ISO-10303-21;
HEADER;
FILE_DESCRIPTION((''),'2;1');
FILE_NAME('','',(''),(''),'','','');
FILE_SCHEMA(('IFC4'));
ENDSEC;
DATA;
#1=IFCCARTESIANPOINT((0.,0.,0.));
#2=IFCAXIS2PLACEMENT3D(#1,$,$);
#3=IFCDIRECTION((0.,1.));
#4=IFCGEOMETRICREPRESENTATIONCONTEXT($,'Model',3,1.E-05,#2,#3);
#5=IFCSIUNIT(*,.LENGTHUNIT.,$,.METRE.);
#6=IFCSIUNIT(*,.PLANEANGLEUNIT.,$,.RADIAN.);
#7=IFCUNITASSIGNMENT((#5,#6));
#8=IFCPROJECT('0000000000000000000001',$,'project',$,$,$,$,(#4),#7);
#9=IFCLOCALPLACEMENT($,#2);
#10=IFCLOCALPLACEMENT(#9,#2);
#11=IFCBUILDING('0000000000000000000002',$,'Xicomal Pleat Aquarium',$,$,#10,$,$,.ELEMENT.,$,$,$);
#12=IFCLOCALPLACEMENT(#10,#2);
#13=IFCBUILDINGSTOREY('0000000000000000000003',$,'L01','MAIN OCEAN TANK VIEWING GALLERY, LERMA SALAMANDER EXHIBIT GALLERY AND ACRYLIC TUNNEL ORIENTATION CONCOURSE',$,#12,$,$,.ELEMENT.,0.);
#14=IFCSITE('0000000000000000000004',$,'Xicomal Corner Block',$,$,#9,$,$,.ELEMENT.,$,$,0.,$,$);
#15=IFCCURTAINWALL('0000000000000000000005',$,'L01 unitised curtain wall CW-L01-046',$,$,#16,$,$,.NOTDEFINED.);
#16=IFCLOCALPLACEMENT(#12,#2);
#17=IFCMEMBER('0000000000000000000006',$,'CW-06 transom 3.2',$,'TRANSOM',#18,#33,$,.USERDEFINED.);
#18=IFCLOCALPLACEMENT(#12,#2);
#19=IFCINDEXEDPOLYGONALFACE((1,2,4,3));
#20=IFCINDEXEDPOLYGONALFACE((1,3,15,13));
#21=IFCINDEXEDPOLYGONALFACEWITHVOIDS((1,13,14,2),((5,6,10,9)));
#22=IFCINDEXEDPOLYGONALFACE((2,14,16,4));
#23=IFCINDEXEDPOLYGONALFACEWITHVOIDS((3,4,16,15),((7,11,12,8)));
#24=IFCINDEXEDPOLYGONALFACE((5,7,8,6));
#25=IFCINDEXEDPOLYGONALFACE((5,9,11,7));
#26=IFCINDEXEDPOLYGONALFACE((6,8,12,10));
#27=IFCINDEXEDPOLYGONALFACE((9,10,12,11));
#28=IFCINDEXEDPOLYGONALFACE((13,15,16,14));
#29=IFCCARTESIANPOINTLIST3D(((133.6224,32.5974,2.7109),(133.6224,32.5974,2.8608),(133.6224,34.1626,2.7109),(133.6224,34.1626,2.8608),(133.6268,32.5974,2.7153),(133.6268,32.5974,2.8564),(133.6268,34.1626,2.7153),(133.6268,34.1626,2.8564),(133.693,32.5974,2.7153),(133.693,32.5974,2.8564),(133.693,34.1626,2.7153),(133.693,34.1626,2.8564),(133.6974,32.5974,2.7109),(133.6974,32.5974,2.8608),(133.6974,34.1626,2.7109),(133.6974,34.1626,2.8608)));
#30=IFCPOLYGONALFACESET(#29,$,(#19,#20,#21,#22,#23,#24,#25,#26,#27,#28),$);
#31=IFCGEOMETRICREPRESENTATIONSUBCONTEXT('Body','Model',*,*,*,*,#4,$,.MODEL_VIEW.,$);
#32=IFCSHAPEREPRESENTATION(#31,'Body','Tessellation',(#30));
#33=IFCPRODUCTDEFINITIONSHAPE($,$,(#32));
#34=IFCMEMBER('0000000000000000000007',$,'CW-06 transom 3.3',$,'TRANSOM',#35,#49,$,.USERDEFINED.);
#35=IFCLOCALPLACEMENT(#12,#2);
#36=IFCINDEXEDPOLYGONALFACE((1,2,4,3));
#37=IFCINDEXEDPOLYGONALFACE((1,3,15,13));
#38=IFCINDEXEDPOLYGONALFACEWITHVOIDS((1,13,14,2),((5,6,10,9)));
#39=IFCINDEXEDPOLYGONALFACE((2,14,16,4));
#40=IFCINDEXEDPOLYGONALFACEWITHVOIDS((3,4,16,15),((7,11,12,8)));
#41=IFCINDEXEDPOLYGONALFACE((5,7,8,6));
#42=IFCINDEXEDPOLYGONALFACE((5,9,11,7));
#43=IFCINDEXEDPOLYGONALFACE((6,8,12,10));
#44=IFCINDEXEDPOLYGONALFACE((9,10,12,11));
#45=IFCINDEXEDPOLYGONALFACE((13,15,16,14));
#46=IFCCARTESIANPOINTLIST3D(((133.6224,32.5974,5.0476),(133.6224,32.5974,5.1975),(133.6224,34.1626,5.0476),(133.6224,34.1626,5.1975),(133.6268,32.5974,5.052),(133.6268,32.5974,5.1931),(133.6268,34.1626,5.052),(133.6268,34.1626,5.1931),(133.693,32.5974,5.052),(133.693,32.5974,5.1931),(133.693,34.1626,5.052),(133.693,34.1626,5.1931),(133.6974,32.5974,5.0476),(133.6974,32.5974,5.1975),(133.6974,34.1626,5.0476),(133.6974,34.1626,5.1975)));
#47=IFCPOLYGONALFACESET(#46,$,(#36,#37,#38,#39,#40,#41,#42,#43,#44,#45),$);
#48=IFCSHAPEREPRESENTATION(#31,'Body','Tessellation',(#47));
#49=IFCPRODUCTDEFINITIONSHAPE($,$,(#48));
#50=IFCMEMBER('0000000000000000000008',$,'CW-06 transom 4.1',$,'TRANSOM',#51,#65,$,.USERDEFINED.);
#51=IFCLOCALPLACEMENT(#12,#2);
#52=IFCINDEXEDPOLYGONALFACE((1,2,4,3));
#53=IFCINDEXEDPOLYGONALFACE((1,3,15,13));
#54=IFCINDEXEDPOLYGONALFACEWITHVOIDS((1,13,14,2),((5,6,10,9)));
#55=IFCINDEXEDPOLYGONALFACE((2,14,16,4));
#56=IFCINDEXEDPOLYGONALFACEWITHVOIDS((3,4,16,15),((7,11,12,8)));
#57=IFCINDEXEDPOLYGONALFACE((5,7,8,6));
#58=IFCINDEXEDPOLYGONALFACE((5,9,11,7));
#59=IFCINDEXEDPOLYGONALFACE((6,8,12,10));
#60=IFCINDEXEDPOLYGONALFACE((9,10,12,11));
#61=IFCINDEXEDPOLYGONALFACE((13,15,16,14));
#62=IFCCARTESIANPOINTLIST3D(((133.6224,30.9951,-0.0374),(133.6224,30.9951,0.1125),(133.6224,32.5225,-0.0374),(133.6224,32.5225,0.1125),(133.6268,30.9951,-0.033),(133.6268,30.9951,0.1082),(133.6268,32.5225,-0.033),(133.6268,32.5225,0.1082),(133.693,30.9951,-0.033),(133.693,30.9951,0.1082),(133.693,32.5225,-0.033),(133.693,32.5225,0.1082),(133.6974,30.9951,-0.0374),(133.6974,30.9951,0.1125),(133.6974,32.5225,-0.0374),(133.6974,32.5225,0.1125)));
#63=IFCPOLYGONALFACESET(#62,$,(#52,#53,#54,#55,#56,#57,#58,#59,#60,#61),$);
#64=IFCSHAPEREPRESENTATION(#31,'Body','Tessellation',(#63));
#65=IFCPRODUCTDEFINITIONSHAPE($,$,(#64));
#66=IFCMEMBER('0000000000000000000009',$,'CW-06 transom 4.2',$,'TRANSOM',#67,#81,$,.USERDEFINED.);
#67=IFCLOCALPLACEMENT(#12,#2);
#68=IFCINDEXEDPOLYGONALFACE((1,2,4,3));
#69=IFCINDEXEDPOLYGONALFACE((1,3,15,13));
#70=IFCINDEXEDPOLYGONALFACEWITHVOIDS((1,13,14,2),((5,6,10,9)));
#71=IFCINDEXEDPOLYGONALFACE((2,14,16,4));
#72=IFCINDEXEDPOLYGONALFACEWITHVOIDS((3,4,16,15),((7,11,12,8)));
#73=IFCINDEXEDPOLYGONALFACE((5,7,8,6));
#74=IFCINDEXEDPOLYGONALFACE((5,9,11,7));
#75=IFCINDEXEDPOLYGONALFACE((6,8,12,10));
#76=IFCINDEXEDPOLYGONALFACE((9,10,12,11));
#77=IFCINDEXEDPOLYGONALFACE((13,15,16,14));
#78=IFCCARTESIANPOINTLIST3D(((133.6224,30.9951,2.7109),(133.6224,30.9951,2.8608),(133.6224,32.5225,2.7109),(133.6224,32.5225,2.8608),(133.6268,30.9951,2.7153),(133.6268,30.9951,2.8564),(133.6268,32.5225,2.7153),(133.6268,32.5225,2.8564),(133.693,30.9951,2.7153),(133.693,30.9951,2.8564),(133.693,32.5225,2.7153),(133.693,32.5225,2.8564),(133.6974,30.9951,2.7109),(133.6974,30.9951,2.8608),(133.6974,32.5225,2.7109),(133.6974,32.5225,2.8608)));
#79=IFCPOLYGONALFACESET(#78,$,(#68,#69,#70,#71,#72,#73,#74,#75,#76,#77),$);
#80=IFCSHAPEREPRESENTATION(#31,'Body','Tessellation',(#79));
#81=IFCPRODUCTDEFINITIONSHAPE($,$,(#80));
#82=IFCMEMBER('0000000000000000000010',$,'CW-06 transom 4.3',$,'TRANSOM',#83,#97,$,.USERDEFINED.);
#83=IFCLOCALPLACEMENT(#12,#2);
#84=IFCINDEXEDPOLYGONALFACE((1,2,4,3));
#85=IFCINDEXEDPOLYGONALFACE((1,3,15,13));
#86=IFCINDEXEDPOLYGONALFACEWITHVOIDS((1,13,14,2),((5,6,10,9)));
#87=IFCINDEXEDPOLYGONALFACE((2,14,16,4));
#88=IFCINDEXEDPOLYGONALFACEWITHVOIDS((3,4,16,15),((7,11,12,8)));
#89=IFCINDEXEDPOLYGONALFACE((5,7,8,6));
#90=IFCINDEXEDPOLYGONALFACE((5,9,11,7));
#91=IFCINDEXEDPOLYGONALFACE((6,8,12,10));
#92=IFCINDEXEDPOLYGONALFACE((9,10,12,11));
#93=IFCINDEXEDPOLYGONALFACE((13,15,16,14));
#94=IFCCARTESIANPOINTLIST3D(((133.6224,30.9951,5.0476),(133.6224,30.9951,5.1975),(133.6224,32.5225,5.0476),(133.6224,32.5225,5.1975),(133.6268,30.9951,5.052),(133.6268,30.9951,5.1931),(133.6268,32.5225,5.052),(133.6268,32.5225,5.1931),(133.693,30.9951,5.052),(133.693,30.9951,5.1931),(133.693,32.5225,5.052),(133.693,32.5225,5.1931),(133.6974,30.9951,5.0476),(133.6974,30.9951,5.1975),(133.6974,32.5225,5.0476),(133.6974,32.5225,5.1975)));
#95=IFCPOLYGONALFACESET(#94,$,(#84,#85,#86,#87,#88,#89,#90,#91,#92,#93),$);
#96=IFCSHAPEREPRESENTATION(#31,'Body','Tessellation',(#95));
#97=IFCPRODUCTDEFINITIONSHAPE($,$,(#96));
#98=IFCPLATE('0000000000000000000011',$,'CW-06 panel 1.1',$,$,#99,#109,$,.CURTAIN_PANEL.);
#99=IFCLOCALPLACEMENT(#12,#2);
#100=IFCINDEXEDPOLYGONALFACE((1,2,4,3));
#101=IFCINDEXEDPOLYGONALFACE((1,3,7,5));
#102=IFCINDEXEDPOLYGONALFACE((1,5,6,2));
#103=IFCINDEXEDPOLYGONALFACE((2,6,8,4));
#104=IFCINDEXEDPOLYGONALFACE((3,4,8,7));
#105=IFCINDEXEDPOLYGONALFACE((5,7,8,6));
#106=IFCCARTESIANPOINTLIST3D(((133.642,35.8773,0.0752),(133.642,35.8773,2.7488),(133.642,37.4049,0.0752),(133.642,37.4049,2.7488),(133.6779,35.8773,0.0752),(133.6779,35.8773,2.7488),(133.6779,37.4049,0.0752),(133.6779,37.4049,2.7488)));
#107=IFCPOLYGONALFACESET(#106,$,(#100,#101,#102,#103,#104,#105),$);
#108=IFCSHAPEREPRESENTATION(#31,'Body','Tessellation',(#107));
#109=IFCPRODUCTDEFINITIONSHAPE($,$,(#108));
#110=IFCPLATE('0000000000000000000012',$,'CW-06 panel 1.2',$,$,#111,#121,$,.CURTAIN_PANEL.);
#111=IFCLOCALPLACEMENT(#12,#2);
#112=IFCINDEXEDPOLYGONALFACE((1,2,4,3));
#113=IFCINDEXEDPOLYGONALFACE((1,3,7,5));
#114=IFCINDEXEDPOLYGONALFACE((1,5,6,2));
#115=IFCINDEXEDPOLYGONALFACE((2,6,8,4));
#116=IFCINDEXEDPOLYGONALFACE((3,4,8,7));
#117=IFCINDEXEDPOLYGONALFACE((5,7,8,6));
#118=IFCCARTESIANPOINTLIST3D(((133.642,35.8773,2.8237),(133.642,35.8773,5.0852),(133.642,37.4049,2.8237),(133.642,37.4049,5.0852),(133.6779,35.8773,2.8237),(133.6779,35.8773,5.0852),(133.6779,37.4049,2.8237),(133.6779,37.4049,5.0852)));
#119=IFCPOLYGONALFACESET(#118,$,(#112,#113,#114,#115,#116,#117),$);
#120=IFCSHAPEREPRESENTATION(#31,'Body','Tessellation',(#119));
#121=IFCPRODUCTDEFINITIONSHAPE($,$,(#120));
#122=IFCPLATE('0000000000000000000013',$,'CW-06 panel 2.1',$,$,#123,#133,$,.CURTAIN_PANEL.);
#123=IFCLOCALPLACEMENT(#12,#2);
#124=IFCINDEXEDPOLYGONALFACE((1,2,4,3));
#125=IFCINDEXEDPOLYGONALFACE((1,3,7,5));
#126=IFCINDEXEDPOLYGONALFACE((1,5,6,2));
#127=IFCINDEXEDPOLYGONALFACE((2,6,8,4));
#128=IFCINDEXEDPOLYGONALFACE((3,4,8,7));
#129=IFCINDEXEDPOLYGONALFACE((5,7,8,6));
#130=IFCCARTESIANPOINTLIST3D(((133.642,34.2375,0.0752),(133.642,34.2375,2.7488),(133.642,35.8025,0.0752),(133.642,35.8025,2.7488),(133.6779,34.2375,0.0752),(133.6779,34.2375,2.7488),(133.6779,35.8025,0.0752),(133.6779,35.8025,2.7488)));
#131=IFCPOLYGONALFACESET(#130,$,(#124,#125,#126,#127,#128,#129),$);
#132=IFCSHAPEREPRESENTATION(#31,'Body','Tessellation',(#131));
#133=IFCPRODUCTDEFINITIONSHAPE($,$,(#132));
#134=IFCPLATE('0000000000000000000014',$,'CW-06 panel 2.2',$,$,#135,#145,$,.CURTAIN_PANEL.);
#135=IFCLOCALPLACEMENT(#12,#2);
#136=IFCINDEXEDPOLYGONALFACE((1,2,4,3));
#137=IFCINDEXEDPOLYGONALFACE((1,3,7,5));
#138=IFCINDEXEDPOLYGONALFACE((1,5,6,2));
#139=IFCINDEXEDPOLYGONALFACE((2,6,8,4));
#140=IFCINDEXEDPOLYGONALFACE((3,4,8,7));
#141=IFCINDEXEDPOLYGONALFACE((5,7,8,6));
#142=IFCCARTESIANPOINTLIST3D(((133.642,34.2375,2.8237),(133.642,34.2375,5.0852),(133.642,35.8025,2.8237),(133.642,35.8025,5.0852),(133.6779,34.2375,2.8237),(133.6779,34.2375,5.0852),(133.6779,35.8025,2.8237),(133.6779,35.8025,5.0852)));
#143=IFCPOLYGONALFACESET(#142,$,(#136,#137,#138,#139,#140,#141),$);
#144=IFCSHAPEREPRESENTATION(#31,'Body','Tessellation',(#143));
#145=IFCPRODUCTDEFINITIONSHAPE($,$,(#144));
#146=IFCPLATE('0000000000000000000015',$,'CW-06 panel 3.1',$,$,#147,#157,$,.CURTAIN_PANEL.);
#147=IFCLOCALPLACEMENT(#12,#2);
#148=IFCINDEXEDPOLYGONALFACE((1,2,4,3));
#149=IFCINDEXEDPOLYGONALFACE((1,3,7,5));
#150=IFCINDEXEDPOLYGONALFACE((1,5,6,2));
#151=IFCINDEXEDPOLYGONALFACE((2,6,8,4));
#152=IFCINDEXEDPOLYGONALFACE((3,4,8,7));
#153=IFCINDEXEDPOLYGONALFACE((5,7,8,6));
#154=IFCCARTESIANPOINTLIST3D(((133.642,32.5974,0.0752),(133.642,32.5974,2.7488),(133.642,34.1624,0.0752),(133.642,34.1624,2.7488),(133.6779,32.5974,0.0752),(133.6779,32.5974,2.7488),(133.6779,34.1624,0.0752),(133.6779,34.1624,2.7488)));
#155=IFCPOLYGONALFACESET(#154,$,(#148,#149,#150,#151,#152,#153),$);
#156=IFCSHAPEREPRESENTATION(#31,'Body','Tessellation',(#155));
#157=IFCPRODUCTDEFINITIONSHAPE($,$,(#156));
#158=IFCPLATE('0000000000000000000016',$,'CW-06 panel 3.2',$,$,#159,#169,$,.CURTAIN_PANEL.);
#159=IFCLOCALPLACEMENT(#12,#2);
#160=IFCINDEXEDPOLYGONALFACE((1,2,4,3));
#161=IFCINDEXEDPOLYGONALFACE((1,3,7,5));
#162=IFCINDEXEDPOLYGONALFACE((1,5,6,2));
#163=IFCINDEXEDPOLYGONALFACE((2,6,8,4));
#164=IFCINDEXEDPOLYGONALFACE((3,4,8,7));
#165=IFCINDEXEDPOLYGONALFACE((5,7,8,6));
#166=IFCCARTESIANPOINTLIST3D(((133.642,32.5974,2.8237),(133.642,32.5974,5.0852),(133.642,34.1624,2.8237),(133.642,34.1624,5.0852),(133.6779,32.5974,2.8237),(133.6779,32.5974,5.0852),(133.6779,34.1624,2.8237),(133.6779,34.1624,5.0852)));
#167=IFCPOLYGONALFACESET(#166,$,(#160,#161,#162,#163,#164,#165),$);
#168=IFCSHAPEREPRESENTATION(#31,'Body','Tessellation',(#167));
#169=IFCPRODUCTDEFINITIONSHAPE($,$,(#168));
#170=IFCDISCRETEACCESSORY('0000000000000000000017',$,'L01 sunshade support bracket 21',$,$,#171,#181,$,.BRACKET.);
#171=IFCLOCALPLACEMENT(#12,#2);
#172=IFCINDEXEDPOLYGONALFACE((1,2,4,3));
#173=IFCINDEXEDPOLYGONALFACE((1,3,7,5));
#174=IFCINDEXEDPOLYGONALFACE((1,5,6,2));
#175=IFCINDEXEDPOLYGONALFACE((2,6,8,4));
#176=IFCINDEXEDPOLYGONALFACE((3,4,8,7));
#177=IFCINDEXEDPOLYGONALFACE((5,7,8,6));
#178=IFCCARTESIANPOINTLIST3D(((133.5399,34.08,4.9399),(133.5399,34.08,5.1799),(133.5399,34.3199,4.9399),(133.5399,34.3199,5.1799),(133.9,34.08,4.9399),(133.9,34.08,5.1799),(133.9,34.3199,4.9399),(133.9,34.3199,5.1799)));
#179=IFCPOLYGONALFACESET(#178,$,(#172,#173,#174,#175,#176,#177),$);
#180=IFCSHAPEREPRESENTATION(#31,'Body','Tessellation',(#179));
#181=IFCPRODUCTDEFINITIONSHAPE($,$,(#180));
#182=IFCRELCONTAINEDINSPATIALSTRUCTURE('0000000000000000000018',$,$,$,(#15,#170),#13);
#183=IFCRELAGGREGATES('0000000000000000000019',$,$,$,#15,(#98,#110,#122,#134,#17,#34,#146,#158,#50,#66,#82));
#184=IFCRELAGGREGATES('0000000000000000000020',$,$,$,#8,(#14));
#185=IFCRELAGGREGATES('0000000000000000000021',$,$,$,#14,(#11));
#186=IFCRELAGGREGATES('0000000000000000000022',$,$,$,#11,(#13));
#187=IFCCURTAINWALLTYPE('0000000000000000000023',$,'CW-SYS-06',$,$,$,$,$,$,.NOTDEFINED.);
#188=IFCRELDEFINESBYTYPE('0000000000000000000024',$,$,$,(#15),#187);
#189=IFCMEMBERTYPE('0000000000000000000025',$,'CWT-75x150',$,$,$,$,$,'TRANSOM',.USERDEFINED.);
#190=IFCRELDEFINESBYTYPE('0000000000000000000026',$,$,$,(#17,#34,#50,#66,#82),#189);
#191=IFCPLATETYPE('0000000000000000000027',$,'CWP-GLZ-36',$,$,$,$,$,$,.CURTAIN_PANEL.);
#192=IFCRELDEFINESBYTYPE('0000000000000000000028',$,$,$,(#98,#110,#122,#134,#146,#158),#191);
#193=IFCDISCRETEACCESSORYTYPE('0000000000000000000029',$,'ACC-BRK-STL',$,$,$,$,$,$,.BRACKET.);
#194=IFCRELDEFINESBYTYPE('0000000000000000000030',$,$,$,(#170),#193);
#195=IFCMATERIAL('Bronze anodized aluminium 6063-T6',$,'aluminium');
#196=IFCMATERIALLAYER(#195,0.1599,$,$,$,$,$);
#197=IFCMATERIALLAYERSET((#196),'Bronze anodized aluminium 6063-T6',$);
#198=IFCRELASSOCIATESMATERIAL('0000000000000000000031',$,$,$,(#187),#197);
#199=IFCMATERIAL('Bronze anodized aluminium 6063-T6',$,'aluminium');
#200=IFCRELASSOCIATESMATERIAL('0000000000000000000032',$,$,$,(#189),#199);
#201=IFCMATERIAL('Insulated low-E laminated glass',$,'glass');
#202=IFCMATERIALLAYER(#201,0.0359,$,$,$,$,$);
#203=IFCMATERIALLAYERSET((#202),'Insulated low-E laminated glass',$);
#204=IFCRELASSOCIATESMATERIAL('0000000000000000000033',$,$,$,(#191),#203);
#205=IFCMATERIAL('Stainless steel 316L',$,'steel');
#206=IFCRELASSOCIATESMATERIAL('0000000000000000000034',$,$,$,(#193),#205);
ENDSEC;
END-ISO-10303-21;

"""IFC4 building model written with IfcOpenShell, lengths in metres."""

from ifc_helpers import new_model, si_unit, direction, frame, origin, origin_2d, place, context, subcontext, project, spatial, rectangle, hollow_rectangle, extrude, material, layer, layer_set, material_profile, profile_set, type_object, element, aggregate, save


model = new_model("IFC4")

# Units and contexts
model_context = context("Model", 3, precision=1e-05, world=origin(), true_north=direction((0.0, 1.0)))
body_context = subcontext(model_context, "Body", "Model", "MODEL_VIEW")
ifc_project = project(units=[si_unit("LENGTHUNIT", "METRE"), si_unit("PLANEANGLEUNIT", "RADIAN")], contexts=[model_context])

# Site, building, storey
site_placement = place(None, origin())
site = spatial("IfcSite", under=ifc_project, at=site_placement, Name="Xicomal Corner Block", CompositionType="ELEMENT", RefElevation=0.0)
building_placement = place(site_placement, origin())
building = spatial("IfcBuilding", under=site, at=building_placement, Name="Xicomal Pleat Aquarium", CompositionType="ELEMENT")
storey_placement = place(building_placement, origin())
storey = spatial("IfcBuildingStorey", under=building, at=storey_placement, Name="L01", Description="MAIN OCEAN TANK VIEWING GALLERY, LERMA SALAMANDER EXHIBIT GALLERY AND ACRYLIC TUNNEL ORIENTATION CONCOURSE", CompositionType="ELEMENT", Elevation=0.0)

# Curtain wall, members, plates
ifc_material_1 = material(Name="Bronze anodized aluminium 6063-T6", Category="aluminium")
ifc_layer_1 = layer(ifc_material_1, 0.1599)
ifc_layer_set_1 = layer_set([ifc_layer_1], Name="Bronze anodized aluminium 6063-T6")
curtain_wall_type = type_object("IfcCurtainWallType", Name="CW-SYS-06", PredefinedType="NOTDEFINED", material=ifc_layer_set_1)
curtain_wall_placement = place(storey_placement, origin())
curtain_wall = element("IfcCurtainWall", 1, at=curtain_wall_placement, inside=storey, type_object=curtain_wall_type, Name="L01 unitised curtain wall CW-L01-046", PredefinedType="NOTDEFINED")
ifc_material_2 = material(Name="Bronze anodized aluminium 6063-T6", Category="aluminium")
ifc_material_profile_1 = material_profile(ifc_material_2, hollow_rectangle(XDim=0.075, YDim=0.1499, WallThickness=0.0044, at=origin_2d()), Name="ALU TRAN 75x150")
ifc_profile_set_1 = profile_set([ifc_material_profile_1], Name="Bronze anodized aluminium 6063-T6")
member_type_1 = type_object("IfcMemberType", Name="CWT-75x150", ElementType="TRANSOM", PredefinedType="USERDEFINED", material=ifc_profile_set_1)
member_1_placement = place(storey_placement, frame((133.6599, 34.1626, 2.7859), z_axis=(0.0, -1.0, 0.0), x_axis=(1.0, 0.0, 0.0)))
member_1 = element("IfcMember", 2, at=member_1_placement, type_object=member_type_1, Name="CW-06 transom 3.2", ObjectType="TRANSOM", PredefinedType="USERDEFINED", context=body_context, shape_type="SweptSolid", body=[
    extrude(hollow_rectangle(XDim=0.075, YDim=0.1499, WallThickness=0.0044, at=origin_2d()), origin(), (0.0, 0.0, 1.0), 1.5652),
])
member_2_placement = place(storey_placement, frame((133.6599, 34.1626, 5.1226), z_axis=(0.0, -1.0, 0.0), x_axis=(1.0, 0.0, 0.0)))
member_2 = element("IfcMember", 3, at=member_2_placement, type_object=member_type_1, Name="CW-06 transom 3.3", ObjectType="TRANSOM", PredefinedType="USERDEFINED", context=body_context, shape_type="SweptSolid", body=[
    extrude(hollow_rectangle(XDim=0.075, YDim=0.1499, WallThickness=0.0044, at=origin_2d()), origin(), (0.0, 0.0, 1.0), 1.5652),
])
member_3_placement = place(storey_placement, frame((133.6599, 32.5225, 0.0376), z_axis=(0.0, -1.0, 0.0), x_axis=(1.0, 0.0, 0.0)))
member_3 = element("IfcMember", 4, at=member_3_placement, type_object=member_type_1, Name="CW-06 transom 4.1", ObjectType="TRANSOM", PredefinedType="USERDEFINED", context=body_context, shape_type="SweptSolid", body=[
    extrude(hollow_rectangle(XDim=0.075, YDim=0.1499, WallThickness=0.0044, at=origin_2d()), origin(), (0.0, 0.0, 1.0), 1.5273),
])
member_4_placement = place(storey_placement, frame((133.6599, 32.5225, 2.7859), z_axis=(0.0, -1.0, 0.0), x_axis=(1.0, 0.0, 0.0)))
member_4 = element("IfcMember", 5, at=member_4_placement, type_object=member_type_1, Name="CW-06 transom 4.2", ObjectType="TRANSOM", PredefinedType="USERDEFINED", context=body_context, shape_type="SweptSolid", body=[
    extrude(hollow_rectangle(XDim=0.075, YDim=0.1499, WallThickness=0.0044, at=origin_2d()), origin(), (0.0, 0.0, 1.0), 1.5273),
])
member_5_placement = place(storey_placement, frame((133.6599, 32.5225, 5.1226), z_axis=(0.0, -1.0, 0.0), x_axis=(1.0, 0.0, 0.0)))
member_5 = element("IfcMember", 6, at=member_5_placement, type_object=member_type_1, Name="CW-06 transom 4.3", ObjectType="TRANSOM", PredefinedType="USERDEFINED", context=body_context, shape_type="SweptSolid", body=[
    extrude(hollow_rectangle(XDim=0.075, YDim=0.1499, WallThickness=0.0044, at=origin_2d()), origin(), (0.0, 0.0, 1.0), 1.5273),
])
ifc_material_3 = material(Name="Insulated low-E laminated glass", Category="glass")
ifc_layer_2 = layer(ifc_material_3, 0.0359)
ifc_layer_set_2 = layer_set([ifc_layer_2], Name="Insulated low-E laminated glass")
plate_type = type_object("IfcPlateType", Name="CWP-GLZ-36", PredefinedType="CURTAIN_PANEL", material=ifc_layer_set_2)
plate_1_placement = place(storey_placement, frame((133.6599, 36.6411, 0.0752), z_axis=(0.0, 0.0, 1.0), x_axis=(0.0, -1.0, 0.0)))
plate_1 = element("IfcPlate", 7, at=plate_1_placement, type_object=plate_type, Name="CW-06 panel 1.1", PredefinedType="CURTAIN_PANEL", context=body_context, shape_type="SweptSolid", body=[
    extrude(rectangle(XDim=1.5276, YDim=0.0359, at=origin_2d()), origin(), (0.0, 0.0, 1.0), 2.6736),
])
plate_2_placement = place(storey_placement, frame((133.6599, 36.6411, 2.8237), z_axis=(0.0, 0.0, 1.0), x_axis=(0.0, -1.0, 0.0)))
plate_2 = element("IfcPlate", 8, at=plate_2_placement, type_object=plate_type, Name="CW-06 panel 1.2", PredefinedType="CURTAIN_PANEL", context=body_context, shape_type="SweptSolid", body=[
    extrude(rectangle(XDim=1.5276, YDim=0.0359, at=origin_2d()), origin(), (0.0, 0.0, 1.0), 2.2615),
])
plate_3_placement = place(storey_placement, frame((133.6599, 35.02, 0.0752), z_axis=(0.0, 0.0, 1.0), x_axis=(0.0, -1.0, 0.0)))
plate_3 = element("IfcPlate", 9, at=plate_3_placement, type_object=plate_type, Name="CW-06 panel 2.1", PredefinedType="CURTAIN_PANEL", context=body_context, shape_type="SweptSolid", body=[
    extrude(rectangle(XDim=1.5649, YDim=0.0359, at=origin_2d()), origin(), (0.0, 0.0, 1.0), 2.6736),
])
plate_4_placement = place(storey_placement, frame((133.6599, 35.02, 2.8237), z_axis=(0.0, 0.0, 1.0), x_axis=(0.0, -1.0, 0.0)))
plate_4 = element("IfcPlate", 10, at=plate_4_placement, type_object=plate_type, Name="CW-06 panel 2.2", PredefinedType="CURTAIN_PANEL", context=body_context, shape_type="SweptSolid", body=[
    extrude(rectangle(XDim=1.5649, YDim=0.0359, at=origin_2d()), origin(), (0.0, 0.0, 1.0), 2.2615),
])
plate_5_placement = place(storey_placement, frame((133.6599, 33.3799, 0.0752), z_axis=(0.0, 0.0, 1.0), x_axis=(0.0, -1.0, 0.0)))
plate_5 = element("IfcPlate", 11, at=plate_5_placement, type_object=plate_type, Name="CW-06 panel 3.1", PredefinedType="CURTAIN_PANEL", context=body_context, shape_type="SweptSolid", body=[
    extrude(rectangle(XDim=1.5649, YDim=0.0359, at=origin_2d()), origin(), (0.0, 0.0, 1.0), 2.6736),
])
plate_6_placement = place(storey_placement, frame((133.6599, 33.3799, 2.8237), z_axis=(0.0, 0.0, 1.0), x_axis=(0.0, -1.0, 0.0)))
plate_6 = element("IfcPlate", 12, at=plate_6_placement, type_object=plate_type, Name="CW-06 panel 3.2", PredefinedType="CURTAIN_PANEL", context=body_context, shape_type="SweptSolid", body=[
    extrude(rectangle(XDim=1.5649, YDim=0.0359, at=origin_2d()), origin(), (0.0, 0.0, 1.0), 2.2615),
])
aggregate(curtain_wall, [plate_1, plate_2, plate_3, plate_4, member_1, member_2, plate_5, plate_6, member_3, member_4, member_5])

# Discrete accessory
ifc_material_4 = material(Name="Stainless steel 316L", Category="steel")
discrete_accessory_type = type_object("IfcDiscreteAccessoryType", Name="ACC-BRK-STL", PredefinedType="BRACKET", material=ifc_material_4)
discrete_accessory_placement = place(storey_placement, frame((133.72, 34.2, 4.9399), z_axis=(0.0, 0.0, 1.0), x_axis=(0.0, -1.0, 0.0)))
element("IfcDiscreteAccessory", 13, at=discrete_accessory_placement, inside=storey, type_object=discrete_accessory_type, Name="L01 sunshade support bracket 21", PredefinedType="BRACKET", context=body_context, shape_type="SweptSolid", body=[
    extrude(rectangle(XDim=0.24, YDim=0.3601, at=origin_2d()), origin(), (0.0, 0.0, 1.0), 0.24),
])

save(model, "model.ifc")
